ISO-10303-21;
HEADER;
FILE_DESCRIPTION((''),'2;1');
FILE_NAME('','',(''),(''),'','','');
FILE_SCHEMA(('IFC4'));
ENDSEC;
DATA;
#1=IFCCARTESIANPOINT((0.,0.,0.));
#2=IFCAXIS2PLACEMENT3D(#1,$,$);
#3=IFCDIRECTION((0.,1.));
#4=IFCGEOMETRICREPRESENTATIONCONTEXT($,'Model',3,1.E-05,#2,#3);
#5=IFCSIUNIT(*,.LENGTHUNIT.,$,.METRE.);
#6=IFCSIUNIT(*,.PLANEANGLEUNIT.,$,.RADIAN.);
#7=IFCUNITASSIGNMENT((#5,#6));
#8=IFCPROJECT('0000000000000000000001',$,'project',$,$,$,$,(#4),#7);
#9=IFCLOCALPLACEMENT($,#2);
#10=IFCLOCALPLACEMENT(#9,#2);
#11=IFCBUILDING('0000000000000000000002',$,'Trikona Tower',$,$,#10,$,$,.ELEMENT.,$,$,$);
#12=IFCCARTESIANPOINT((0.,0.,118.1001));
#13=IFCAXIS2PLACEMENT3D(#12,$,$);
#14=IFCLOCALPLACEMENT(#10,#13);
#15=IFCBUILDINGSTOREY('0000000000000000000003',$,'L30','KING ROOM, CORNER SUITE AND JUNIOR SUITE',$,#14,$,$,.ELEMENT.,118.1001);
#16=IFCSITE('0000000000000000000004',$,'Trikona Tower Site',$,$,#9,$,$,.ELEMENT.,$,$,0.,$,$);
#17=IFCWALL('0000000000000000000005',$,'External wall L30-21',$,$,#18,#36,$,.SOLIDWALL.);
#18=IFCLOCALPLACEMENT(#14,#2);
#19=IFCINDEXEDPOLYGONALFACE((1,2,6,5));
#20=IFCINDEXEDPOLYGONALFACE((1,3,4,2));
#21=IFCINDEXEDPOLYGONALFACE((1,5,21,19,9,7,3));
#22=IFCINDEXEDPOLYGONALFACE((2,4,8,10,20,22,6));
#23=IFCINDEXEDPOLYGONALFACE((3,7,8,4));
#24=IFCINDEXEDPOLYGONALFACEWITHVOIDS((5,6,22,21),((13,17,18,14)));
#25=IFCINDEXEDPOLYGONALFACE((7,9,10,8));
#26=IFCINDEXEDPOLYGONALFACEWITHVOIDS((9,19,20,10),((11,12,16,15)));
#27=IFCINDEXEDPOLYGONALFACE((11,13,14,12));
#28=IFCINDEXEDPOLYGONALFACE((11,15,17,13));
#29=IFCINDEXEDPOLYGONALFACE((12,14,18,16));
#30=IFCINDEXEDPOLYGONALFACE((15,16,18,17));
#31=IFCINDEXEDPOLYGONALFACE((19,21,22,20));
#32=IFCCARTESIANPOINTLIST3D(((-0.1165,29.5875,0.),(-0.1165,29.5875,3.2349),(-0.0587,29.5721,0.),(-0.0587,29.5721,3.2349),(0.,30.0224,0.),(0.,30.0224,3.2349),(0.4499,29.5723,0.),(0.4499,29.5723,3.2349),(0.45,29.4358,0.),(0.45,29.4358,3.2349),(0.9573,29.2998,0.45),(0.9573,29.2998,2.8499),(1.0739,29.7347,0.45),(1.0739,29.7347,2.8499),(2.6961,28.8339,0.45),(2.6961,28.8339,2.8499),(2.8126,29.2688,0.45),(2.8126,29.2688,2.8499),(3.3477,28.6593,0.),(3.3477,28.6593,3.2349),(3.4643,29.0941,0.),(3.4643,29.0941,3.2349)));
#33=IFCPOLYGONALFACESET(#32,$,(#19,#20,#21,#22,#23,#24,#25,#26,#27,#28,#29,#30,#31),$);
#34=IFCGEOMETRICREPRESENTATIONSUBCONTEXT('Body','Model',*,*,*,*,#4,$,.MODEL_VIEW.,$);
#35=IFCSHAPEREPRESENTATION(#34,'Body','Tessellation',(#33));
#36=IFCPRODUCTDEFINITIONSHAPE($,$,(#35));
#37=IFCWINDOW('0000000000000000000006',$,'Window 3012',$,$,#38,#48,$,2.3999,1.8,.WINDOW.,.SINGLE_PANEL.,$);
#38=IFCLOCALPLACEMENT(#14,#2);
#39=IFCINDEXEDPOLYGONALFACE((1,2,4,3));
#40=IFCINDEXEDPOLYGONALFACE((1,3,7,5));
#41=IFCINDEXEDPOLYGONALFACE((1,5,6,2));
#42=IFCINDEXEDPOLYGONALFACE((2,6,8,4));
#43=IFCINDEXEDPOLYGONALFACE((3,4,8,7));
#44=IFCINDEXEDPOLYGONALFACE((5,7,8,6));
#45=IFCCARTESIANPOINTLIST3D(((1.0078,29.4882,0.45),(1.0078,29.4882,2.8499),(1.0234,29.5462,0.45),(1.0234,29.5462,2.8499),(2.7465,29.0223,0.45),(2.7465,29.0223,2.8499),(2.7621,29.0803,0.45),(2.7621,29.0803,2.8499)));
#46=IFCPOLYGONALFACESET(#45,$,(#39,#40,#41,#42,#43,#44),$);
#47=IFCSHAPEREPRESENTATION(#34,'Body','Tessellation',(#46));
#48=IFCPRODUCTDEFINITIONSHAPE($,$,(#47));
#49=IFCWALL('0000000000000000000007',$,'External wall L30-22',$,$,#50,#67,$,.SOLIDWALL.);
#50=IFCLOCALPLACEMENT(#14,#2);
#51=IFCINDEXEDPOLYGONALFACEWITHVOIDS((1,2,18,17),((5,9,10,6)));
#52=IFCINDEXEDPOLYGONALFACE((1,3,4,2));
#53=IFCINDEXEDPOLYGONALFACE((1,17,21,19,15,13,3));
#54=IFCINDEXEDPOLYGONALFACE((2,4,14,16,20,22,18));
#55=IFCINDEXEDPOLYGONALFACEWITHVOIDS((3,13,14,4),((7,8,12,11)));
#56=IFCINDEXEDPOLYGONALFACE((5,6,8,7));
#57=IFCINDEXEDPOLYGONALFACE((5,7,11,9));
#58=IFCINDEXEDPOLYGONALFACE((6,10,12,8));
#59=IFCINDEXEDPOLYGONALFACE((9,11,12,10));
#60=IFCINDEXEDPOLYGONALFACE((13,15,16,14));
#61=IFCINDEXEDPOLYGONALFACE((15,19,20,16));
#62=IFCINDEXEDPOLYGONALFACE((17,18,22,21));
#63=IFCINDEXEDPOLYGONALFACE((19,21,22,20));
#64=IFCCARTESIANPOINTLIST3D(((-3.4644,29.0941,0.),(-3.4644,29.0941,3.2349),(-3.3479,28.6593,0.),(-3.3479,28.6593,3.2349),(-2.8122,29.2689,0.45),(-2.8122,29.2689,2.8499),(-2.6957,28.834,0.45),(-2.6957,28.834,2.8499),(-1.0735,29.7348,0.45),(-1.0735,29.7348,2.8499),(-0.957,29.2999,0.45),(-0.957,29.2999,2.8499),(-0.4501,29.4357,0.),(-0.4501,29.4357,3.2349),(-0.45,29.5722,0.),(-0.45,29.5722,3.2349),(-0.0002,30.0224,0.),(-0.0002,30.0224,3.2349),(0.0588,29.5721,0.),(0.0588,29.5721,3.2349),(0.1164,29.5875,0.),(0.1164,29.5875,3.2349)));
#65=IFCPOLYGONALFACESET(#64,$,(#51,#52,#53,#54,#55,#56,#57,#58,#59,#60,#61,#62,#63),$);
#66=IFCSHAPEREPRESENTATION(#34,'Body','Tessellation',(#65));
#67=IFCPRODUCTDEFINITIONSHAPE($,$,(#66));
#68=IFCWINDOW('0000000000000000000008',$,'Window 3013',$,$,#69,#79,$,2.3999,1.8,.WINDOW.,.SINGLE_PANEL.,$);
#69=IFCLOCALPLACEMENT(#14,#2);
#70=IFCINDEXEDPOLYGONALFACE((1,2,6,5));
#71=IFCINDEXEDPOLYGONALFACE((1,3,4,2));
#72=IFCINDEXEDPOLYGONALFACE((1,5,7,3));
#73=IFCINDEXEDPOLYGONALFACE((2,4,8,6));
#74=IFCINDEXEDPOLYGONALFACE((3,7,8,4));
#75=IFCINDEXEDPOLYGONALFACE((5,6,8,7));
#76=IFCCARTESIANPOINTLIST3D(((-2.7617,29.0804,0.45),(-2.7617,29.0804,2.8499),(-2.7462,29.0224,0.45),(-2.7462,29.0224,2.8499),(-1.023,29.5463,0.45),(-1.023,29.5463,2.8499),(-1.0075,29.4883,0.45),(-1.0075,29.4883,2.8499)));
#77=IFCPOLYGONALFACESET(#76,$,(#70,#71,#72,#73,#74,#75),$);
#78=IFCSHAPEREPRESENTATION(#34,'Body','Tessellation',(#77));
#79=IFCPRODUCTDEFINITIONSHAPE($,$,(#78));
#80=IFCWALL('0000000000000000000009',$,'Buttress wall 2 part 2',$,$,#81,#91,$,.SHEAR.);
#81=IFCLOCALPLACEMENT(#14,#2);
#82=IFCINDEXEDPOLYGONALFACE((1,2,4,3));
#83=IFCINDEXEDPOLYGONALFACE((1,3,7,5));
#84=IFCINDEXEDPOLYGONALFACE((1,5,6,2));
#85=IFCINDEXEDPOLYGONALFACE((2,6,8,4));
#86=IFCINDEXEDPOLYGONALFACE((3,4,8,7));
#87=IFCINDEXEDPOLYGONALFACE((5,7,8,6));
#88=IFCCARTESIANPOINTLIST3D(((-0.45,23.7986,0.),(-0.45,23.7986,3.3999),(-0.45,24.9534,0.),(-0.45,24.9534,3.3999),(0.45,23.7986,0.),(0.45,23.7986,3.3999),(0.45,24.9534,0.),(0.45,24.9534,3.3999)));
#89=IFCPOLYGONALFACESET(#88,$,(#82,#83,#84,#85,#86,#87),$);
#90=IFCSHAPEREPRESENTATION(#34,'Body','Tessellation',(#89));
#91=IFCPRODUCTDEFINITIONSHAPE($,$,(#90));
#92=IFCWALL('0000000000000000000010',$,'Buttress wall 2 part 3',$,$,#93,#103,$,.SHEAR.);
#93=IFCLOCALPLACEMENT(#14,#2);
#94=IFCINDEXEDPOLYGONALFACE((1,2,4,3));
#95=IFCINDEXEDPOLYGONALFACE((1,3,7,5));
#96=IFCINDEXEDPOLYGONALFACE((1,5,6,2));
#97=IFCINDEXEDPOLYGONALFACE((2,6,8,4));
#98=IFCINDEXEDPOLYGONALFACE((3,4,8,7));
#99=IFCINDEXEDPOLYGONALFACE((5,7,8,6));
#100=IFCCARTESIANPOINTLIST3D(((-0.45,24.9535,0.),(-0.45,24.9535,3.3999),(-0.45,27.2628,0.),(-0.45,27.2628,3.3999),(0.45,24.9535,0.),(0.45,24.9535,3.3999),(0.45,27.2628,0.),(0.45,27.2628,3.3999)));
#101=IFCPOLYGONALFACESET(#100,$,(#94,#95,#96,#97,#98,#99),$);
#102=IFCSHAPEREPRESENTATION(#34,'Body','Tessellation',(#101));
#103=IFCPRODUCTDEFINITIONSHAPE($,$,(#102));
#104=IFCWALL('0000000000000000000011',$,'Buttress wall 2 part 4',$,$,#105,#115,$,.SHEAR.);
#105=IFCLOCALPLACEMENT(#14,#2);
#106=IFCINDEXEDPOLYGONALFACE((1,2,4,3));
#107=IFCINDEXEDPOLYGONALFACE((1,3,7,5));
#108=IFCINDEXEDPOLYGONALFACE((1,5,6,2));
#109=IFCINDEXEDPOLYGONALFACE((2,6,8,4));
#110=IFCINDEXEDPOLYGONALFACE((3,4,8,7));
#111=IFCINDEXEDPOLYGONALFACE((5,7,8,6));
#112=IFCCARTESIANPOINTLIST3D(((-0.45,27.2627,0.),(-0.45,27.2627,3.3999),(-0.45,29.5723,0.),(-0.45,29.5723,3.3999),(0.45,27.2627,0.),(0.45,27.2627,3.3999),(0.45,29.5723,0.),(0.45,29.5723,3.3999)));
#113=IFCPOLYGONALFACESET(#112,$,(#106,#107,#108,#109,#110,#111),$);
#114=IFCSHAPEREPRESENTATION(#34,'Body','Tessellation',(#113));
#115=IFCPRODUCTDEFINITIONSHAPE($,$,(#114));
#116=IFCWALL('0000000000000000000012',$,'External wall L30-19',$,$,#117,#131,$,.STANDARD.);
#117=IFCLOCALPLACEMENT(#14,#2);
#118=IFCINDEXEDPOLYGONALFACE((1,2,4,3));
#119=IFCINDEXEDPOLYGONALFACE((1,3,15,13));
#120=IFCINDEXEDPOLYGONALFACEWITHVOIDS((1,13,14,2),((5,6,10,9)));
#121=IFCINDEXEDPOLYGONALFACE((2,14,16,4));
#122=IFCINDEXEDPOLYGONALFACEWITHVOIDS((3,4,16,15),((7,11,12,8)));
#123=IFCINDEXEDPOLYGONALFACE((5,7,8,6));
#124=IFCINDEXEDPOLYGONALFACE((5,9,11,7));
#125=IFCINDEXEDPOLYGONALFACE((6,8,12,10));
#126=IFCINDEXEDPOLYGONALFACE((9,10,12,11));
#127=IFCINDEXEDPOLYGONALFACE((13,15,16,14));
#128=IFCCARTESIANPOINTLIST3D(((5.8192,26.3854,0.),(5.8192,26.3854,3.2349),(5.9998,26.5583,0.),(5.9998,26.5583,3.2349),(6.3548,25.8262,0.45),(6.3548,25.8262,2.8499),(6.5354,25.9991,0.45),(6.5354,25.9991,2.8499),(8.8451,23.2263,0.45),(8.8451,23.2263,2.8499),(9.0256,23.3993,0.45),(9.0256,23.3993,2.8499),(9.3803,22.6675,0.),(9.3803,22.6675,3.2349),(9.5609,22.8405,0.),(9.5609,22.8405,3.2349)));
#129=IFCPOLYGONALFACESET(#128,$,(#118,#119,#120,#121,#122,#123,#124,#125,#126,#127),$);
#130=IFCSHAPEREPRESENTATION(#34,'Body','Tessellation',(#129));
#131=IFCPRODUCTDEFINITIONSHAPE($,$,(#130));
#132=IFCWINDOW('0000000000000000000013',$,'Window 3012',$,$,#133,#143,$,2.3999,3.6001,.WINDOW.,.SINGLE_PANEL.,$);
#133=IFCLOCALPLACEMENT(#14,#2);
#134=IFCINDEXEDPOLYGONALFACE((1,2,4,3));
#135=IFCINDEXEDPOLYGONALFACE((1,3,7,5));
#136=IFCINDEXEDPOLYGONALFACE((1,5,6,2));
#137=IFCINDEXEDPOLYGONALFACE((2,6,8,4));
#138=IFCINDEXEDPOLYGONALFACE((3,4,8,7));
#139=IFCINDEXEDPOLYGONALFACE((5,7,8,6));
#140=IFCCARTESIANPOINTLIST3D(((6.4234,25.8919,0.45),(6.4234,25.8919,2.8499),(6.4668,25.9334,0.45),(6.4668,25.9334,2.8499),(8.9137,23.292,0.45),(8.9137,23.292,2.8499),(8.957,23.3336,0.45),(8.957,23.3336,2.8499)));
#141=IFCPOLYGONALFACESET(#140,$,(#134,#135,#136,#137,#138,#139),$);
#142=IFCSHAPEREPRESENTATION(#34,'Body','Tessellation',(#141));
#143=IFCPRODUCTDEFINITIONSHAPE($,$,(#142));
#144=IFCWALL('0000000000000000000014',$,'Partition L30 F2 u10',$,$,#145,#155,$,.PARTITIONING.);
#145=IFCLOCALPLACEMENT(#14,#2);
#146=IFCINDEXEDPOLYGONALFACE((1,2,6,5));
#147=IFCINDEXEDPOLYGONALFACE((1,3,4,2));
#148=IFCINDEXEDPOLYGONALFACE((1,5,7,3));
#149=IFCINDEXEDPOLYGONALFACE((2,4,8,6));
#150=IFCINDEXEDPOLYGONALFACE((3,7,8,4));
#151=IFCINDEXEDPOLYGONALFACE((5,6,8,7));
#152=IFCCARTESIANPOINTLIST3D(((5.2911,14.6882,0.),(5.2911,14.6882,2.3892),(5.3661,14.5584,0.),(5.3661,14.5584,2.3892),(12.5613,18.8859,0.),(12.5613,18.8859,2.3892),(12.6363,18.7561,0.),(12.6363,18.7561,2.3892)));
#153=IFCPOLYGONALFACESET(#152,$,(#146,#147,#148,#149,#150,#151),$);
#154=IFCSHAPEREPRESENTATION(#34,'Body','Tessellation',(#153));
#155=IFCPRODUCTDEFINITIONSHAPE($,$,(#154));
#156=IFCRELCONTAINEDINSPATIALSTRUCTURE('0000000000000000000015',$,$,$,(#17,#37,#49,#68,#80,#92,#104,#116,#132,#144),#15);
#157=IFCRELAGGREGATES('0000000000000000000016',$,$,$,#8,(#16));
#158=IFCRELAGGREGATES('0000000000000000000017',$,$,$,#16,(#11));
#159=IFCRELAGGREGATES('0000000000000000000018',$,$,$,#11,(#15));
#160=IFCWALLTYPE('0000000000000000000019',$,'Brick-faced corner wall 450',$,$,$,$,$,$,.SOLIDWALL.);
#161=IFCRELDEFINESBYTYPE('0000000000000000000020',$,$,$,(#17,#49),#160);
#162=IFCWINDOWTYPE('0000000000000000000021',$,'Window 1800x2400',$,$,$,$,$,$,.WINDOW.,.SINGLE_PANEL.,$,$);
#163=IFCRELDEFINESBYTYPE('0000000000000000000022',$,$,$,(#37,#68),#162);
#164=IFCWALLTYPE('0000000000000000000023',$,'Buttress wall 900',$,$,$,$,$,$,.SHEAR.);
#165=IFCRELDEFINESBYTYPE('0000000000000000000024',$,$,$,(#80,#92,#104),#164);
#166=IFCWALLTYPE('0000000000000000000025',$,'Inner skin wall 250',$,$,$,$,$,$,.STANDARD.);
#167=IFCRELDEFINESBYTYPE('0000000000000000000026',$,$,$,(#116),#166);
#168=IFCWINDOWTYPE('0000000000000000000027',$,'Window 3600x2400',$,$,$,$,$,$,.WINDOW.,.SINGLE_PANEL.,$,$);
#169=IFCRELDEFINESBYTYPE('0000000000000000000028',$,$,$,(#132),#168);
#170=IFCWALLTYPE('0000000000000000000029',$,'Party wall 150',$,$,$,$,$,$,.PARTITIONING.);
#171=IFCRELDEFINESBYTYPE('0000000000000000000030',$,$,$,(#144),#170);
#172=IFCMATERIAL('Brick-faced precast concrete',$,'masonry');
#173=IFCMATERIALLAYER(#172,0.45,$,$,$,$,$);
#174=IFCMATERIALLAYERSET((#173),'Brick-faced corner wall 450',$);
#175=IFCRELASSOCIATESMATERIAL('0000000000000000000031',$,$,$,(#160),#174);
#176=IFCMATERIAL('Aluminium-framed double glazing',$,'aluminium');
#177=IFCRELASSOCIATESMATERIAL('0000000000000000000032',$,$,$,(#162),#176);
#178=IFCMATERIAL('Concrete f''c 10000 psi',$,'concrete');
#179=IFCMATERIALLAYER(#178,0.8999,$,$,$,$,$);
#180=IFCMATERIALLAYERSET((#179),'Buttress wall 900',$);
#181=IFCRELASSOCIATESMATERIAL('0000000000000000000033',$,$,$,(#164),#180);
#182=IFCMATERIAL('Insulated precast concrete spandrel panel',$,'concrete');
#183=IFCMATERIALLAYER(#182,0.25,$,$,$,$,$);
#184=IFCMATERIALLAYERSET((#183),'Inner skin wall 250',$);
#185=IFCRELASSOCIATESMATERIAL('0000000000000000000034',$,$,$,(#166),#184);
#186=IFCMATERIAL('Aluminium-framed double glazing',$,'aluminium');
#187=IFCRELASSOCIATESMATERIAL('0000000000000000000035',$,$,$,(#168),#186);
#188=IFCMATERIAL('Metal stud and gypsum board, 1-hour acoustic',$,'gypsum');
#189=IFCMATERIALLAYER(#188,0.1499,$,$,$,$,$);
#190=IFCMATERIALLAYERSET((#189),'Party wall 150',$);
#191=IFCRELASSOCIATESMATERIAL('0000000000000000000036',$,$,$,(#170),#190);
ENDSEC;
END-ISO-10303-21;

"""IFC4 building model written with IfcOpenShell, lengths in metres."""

from ifc_helpers import new_model, si_unit, direction, frame, frame_2d, origin, place, context, subcontext, project, spatial, polyline, rectangle, outline, extrude, material, layer, layer_set, type_object, element, fill, save


model = new_model("IFC4")

# Units and contexts
model_context = context("Model", 3, precision=1e-05, world=origin(), true_north=direction((0.0, 1.0)))
body_context = subcontext(model_context, "Body", "Model", "MODEL_VIEW")
ifc_project = project(units=[si_unit("LENGTHUNIT", "METRE"), si_unit("PLANEANGLEUNIT", "RADIAN")], contexts=[model_context])

# Site, building, storey
site_placement = place(None, origin())
site = spatial("IfcSite", under=ifc_project, at=site_placement, Name="Trikona Tower Site", CompositionType="ELEMENT", RefElevation=0.0)
building_placement = place(site_placement, origin())
building = spatial("IfcBuilding", under=site, at=building_placement, Name="Trikona Tower", CompositionType="ELEMENT")
storey_placement = place(building_placement, frame((0.0, 0.0, 118.1001)))
storey = spatial("IfcBuildingStorey", under=building, at=storey_placement, Name="L30", Description="KING ROOM, CORNER SUITE AND JUNIOR SUITE", CompositionType="ELEMENT", Elevation=118.1001)

# Walls, openings, windows
ifc_material_1 = material(Name="Brick-faced precast concrete", Category="masonry")
ifc_layer_1 = layer(ifc_material_1, 0.45)
ifc_layer_set_1 = layer_set([ifc_layer_1], Name="Brick-faced corner wall 450")
wall_type_1 = type_object("IfcWallType", Name="Brick-faced corner wall 450", PredefinedType="SOLIDWALL", material=ifc_layer_set_1)
wall_1_placement = place(storey_placement, frame((3.406, 28.8767, 0.0), z_axis=(0.0, 0.0, 1.0), x_axis=(-0.965925, 0.258823, 0.0)))
wall_1 = element("IfcWall", 1, at=wall_1_placement, inside=storey, type_object=wall_type_1, Name="External wall L30-21", PredefinedType="SOLIDWALL", context=body_context, shape_type="SweptSolid", body=[
    extrude(outline(polyline([(3.5864, 0.2251), (3.5266, 0.2251), (3.0354, 0.0933), (3.0, 0.2251), (0.0, 0.2251), (0.0, -0.2251), (3.5864, -0.2251), (3.5864, 0.2251)])), origin(), (0.0, 0.0, 1.0), 3.2349),
])
opening_1_placement = place(wall_1_placement, frame((0.6748, 0.0, 0.45)))
opening_1 = element("IfcOpeningElement", 2, at=opening_1_placement, cuts=wall_1, PredefinedType="OPENING", context=body_context, shape_type="SweptSolid", body=[
    extrude(rectangle(XDim=1.8, YDim=2.3999, at=frame_2d((0.8999, 1.2))), frame((0.0, 0.2349, 0.0), z_axis=(0.0, -1.0, 0.0), x_axis=(1.0, 0.0, 0.0)), (0.0, 0.0, 1.0), 0.47),
])
ifc_material_2 = material(Name="Aluminium-framed double glazing", Category="aluminium")
window_type_1 = type_object("IfcWindowType", Name="Window 1800x2400", PartitioningType="SINGLE_PANEL", PredefinedType="WINDOW", material=ifc_material_2)
window_1_placement = place(opening_1_placement, origin())
window_1 = element("IfcWindow", 3, at=window_1_placement, inside=storey, type_object=window_type_1, Name="Window 3012", OverallHeight=2.3999, OverallWidth=1.8, PartitioningType="SINGLE_PANEL", PredefinedType="WINDOW", context=body_context, shape_type="SweptSolid", body=[
    extrude(rectangle(XDim=1.8, YDim=2.3999, at=frame_2d((0.8999, 1.2))), frame((0.0, 0.03, 0.0), z_axis=(0.0, -1.0, 0.0), x_axis=(1.0, 0.0, 0.0)), (0.0, 0.0, 1.0), 0.0601),
])
fill(opening_1, window_1)
wall_2_placement = place(storey_placement, frame((0.0581, 29.8049, 0.0), z_axis=(0.0, 0.0, 1.0), x_axis=(-0.965925, -0.258823, 0.0)))
wall_2 = element("IfcWall", 4, at=wall_2_placement, inside=storey, type_object=wall_type_1, Name="External wall L30-22", PredefinedType="SOLIDWALL", context=body_context, shape_type="SweptSolid", body=[
    extrude(outline(polyline([(3.5864, 0.2251), (0.5864, 0.2251), (0.551, 0.0933), (0.0596, 0.2251), (0.0, 0.2251), (0.0, -0.2251), (3.5864, -0.2251), (3.5864, 0.2251)])), origin(), (0.0, 0.0, 1.0), 3.2349),
])
opening_2_placement = place(wall_2_placement, frame((1.1113, 0.0, 0.45)))
opening_2 = element("IfcOpeningElement", 5, at=opening_2_placement, cuts=wall_2, PredefinedType="OPENING", context=body_context, shape_type="SweptSolid", body=[
    extrude(rectangle(XDim=1.8, YDim=2.3999, at=frame_2d((0.8999, 1.2))), frame((0.0, 0.2349, 0.0), z_axis=(0.0, -1.0, 0.0), x_axis=(1.0, 0.0, 0.0)), (0.0, 0.0, 1.0), 0.47),
])
window_2_placement = place(opening_2_placement, origin())
window_2 = element("IfcWindow", 6, at=window_2_placement, inside=storey, type_object=window_type_1, Name="Window 3013", OverallHeight=2.3999, OverallWidth=1.8, PartitioningType="SINGLE_PANEL", PredefinedType="WINDOW", context=body_context, shape_type="SweptSolid", body=[
    extrude(rectangle(XDim=1.8, YDim=2.3999, at=frame_2d((0.8999, 1.2))), frame((0.0, 0.03, 0.0), z_axis=(0.0, -1.0, 0.0), x_axis=(1.0, 0.0, 0.0)), (0.0, 0.0, 1.0), 0.0601),
])
fill(opening_2, window_2)

# Walls
ifc_material_3 = material(Name="Concrete f'c 10000 psi", Category="concrete")
ifc_layer_2 = layer(ifc_material_3, 0.8999)
ifc_layer_set_2 = layer_set([ifc_layer_2], Name="Buttress wall 900")
wall_type_2 = type_object("IfcWallType", Name="Buttress wall 900", PredefinedType="SHEAR", material=ifc_layer_set_2)
wall_3_placement = place(storey_placement, frame((0.0, 23.7986, 0.0), z_axis=(0.0, 0.0, 1.0), x_axis=(0.0, 1.0, 0.0)))
element("IfcWall", 7, at=wall_3_placement, inside=storey, type_object=wall_type_2, Name="Buttress wall 2 part 2", PredefinedType="SHEAR", context=body_context, shape_type="SweptSolid", body=[
    extrude(rectangle(XDim=1.1548, YDim=0.8999, at=frame_2d((0.5774, 0.0))), origin(), (0.0, 0.0, 1.0), 3.3999),
])
wall_4_placement = place(storey_placement, frame((0.0, 24.9534, 0.0), z_axis=(0.0, 0.0, 1.0), x_axis=(0.0, 1.0, 0.0)))
element("IfcWall", 8, at=wall_4_placement, inside=storey, type_object=wall_type_2, Name="Buttress wall 2 part 3", PredefinedType="SHEAR", context=body_context, shape_type="SweptSolid", body=[
    extrude(rectangle(XDim=2.3093, YDim=0.8999, at=frame_2d((1.1548, 0.0))), origin(), (0.0, 0.0, 1.0), 3.3999),
])
wall_5_placement = place(storey_placement, frame((0.0, 27.2627, 0.0), z_axis=(0.0, 0.0, 1.0), x_axis=(0.0, 1.0, 0.0)))
element("IfcWall", 9, at=wall_5_placement, inside=storey, type_object=wall_type_2, Name="Buttress wall 2 part 4", PredefinedType="SHEAR", context=body_context, shape_type="SweptSolid", body=[
    extrude(rectangle(XDim=2.3096, YDim=0.8999, at=frame_2d((1.1548, 0.0))), origin(), (0.0, 0.0, 1.0), 3.3999),
])

# Wall, opening, window
ifc_material_4 = material(Name="Insulated precast concrete spandrel panel", Category="concrete")
ifc_layer_3 = layer(ifc_material_4, 0.25)
ifc_layer_set_3 = layer_set([ifc_layer_3], Name="Inner skin wall 250")
wall_type_3 = type_object("IfcWallType", Name="Inner skin wall 250", PredefinedType="STANDARD", material=ifc_layer_set_3)
wall_6_placement = place(storey_placement, frame((9.4707, 22.7539, 0.0), z_axis=(0.0, 0.0, 1.0), x_axis=(-0.69172, 0.722166, 0.0)))
wall_6 = element("IfcWall", 10, at=wall_6_placement, inside=storey, type_object=wall_type_3, Name="External wall L30-19", PredefinedType="STANDARD", context=body_context, shape_type="SweptSolid", body=[
    extrude(rectangle(XDim=5.1482, YDim=0.25, at=frame_2d((2.5742, 0.0))), origin(), (0.0, 0.0, 1.0), 3.2349),
])
opening_3_placement = place(wall_6_placement, frame((0.7739, 0.0, 0.45)))
opening_3 = element("IfcOpeningElement", 11, at=opening_3_placement, cuts=wall_6, PredefinedType="OPENING", context=body_context, shape_type="SweptSolid", body=[
    extrude(rectangle(XDim=3.6001, YDim=2.3999, at=frame_2d((1.8, 1.2))), frame((0.0, 0.135, 0.0), z_axis=(0.0, -1.0, 0.0), x_axis=(1.0, 0.0, 0.0)), (0.0, 0.0, 1.0), 0.27),
])
ifc_material_5 = material(Name="Aluminium-framed double glazing", Category="aluminium")
window_type_2 = type_object("IfcWindowType", Name="Window 3600x2400", PartitioningType="SINGLE_PANEL", PredefinedType="WINDOW", material=ifc_material_5)
window_3_placement = place(opening_3_placement, origin())
window_3 = element("IfcWindow", 12, at=window_3_placement, inside=storey, type_object=window_type_2, Name="Window 3012", OverallHeight=2.3999, OverallWidth=3.6001, PartitioningType="SINGLE_PANEL", PredefinedType="WINDOW", context=body_context, shape_type="SweptSolid", body=[
    extrude(rectangle(XDim=3.6001, YDim=2.3999, at=frame_2d((1.8, 1.2))), frame((0.0, 0.03, 0.0), z_axis=(0.0, -1.0, 0.0), x_axis=(1.0, 0.0, 0.0)), (0.0, 0.0, 1.0), 0.0601),
])
fill(opening_3, window_3)

# Wall
ifc_material_6 = material(Name="Metal stud and gypsum board, 1-hour acoustic", Category="gypsum")
ifc_layer_4 = layer(ifc_material_6, 0.1499)
ifc_layer_set_4 = layer_set([ifc_layer_4], Name="Party wall 150")
wall_type_4 = type_object("IfcWallType", Name="Party wall 150", PredefinedType="PARTITIONING", material=ifc_layer_set_4)
wall_7_placement = place(storey_placement, frame((5.3286, 14.6233, 0.0), z_axis=(0.0, 0.0, 1.0), x_axis=(0.866012, 0.500024, 0.0)))
element("IfcWall", 13, at=wall_7_placement, inside=storey, type_object=wall_type_4, Name="Partition L30 F2 u10", PredefinedType="PARTITIONING", context=body_context, shape_type="SweptSolid", body=[
    extrude(rectangle(XDim=8.395, YDim=0.1499, at=frame_2d((4.1975, 0.0))), origin(), (0.0, 0.0, 1.0), 2.3892),
])

save(model, "model.ifc")
